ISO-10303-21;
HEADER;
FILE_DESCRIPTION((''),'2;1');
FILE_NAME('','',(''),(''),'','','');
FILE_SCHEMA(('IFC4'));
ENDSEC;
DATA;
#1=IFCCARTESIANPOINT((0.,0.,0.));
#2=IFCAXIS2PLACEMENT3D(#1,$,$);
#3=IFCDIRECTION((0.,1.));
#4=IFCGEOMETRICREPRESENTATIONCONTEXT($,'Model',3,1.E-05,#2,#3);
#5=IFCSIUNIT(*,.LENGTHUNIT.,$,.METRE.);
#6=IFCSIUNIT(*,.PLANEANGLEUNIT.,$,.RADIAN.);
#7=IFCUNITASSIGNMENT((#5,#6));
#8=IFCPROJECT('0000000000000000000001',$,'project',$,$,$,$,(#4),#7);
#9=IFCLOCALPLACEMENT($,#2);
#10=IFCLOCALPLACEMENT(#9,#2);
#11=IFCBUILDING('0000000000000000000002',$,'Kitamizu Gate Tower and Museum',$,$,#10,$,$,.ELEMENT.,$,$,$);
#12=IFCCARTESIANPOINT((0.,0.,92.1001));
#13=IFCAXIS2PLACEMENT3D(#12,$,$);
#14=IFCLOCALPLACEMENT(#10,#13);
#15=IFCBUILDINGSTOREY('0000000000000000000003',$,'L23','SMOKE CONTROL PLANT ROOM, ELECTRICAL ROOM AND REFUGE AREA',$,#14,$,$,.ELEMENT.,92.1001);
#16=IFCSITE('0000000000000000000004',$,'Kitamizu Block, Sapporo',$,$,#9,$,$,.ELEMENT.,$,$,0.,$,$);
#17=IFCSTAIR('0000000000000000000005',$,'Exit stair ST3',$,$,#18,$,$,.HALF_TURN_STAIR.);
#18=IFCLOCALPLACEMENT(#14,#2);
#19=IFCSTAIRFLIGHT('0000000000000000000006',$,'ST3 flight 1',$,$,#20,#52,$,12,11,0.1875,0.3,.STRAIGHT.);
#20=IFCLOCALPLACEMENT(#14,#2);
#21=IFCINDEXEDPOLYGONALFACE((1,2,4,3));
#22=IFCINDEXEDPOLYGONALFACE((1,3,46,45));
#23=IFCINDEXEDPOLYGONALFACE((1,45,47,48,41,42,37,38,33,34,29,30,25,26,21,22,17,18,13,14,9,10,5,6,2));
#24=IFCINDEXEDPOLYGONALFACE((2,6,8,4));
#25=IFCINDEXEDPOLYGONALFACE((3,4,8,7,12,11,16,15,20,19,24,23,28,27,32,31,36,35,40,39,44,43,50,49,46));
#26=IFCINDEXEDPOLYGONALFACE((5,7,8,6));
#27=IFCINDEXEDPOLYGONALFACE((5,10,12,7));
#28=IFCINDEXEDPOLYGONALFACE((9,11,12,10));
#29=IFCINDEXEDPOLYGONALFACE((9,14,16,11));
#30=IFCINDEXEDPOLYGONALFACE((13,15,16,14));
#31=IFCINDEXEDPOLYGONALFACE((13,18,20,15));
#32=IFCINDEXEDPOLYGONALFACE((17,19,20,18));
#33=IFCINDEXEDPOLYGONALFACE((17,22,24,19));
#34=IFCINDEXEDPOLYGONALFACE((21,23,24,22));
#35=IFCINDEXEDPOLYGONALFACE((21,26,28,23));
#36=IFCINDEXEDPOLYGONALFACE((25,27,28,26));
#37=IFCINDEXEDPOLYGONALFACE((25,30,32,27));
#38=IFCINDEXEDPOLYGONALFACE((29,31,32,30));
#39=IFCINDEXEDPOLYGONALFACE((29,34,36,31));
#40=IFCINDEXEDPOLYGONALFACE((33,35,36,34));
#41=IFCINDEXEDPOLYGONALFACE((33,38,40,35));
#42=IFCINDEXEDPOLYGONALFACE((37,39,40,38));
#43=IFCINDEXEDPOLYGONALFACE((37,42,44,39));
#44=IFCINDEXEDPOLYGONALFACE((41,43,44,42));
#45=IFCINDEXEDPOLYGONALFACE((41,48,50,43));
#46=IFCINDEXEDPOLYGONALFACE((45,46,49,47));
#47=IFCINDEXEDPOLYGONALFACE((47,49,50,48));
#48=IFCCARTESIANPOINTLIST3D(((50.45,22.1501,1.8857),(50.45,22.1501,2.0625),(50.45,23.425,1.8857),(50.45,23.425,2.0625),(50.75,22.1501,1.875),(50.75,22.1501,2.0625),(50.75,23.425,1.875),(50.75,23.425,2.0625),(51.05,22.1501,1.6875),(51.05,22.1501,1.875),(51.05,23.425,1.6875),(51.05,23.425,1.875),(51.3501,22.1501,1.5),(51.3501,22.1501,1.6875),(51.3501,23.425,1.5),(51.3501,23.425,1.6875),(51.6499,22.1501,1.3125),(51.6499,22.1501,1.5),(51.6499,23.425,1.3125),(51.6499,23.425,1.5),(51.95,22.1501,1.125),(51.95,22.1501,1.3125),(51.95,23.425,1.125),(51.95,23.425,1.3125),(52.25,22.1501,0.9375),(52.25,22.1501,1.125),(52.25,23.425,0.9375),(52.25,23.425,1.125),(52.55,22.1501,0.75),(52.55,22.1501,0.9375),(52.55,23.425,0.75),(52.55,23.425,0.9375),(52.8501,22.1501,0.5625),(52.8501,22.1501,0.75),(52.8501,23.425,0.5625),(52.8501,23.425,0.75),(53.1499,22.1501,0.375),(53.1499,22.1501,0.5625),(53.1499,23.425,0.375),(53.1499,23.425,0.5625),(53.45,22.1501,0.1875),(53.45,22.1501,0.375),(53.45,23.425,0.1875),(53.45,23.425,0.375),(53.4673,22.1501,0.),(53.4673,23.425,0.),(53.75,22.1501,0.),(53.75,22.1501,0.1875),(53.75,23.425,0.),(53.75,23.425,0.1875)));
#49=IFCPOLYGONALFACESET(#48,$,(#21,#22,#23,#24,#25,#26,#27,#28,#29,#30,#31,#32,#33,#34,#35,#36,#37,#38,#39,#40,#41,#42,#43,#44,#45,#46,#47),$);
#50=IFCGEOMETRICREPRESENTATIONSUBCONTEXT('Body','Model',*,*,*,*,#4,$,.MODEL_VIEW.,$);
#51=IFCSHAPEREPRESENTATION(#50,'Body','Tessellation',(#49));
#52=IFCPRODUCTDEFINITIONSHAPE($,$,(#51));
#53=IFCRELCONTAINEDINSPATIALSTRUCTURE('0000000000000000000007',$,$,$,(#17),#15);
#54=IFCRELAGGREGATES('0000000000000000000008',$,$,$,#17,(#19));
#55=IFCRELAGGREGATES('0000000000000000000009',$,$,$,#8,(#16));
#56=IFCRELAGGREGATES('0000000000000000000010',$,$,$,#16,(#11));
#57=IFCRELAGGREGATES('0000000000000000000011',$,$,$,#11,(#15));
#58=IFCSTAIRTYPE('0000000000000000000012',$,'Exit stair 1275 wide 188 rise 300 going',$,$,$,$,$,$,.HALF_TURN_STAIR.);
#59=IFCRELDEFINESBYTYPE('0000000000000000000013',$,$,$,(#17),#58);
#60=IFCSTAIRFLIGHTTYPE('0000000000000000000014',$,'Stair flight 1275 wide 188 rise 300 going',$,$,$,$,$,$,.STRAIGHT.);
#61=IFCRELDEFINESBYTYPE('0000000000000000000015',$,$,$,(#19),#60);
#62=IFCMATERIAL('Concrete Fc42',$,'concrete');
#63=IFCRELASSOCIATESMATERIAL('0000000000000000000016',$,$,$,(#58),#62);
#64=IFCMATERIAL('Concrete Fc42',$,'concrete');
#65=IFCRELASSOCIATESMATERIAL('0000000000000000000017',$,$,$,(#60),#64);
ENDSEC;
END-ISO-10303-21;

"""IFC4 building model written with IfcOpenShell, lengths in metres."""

from ifc_helpers import new_model, si_unit, direction, frame, origin, place, context, subcontext, project, spatial, polyline, outline, extrude, material, type_object, element, aggregate, save


model = new_model("IFC4")

# Units and contexts
model_context = context("Model", 3, precision=1e-05, world=origin(), true_north=direction((0.0, 1.0)))
body_context = subcontext(model_context, "Body", "Model", "MODEL_VIEW")
ifc_project = project(units=[si_unit("LENGTHUNIT", "METRE"), si_unit("PLANEANGLEUNIT", "RADIAN")], contexts=[model_context])

# Site, building, storey
site_placement = place(None, origin())
site = spatial("IfcSite", under=ifc_project, at=site_placement, Name="Kitamizu Block, Sapporo", CompositionType="ELEMENT", RefElevation=0.0)
building_placement = place(site_placement, origin())
building = spatial("IfcBuilding", under=site, at=building_placement, Name="Kitamizu Gate Tower and Museum", CompositionType="ELEMENT")
storey_placement = place(building_placement, frame((0.0, 0.0, 92.1001)))
storey = spatial("IfcBuildingStorey", under=building, at=storey_placement, Name="L23", Description="SMOKE CONTROL PLANT ROOM, ELECTRICAL ROOM AND REFUGE AREA", CompositionType="ELEMENT", Elevation=92.1001)

# Stair, stair flight
ifc_material_1 = material(Name="Concrete Fc42", Category="concrete")
stair_type = type_object("IfcStairType", Name="Exit stair 1275 wide 188 rise 300 going", PredefinedType="HALF_TURN_STAIR", material=ifc_material_1)
stair_placement = place(storey_placement, origin())
stair = element("IfcStair", 1, at=stair_placement, inside=storey, type_object=stair_type, Name="Exit stair ST3", PredefinedType="HALF_TURN_STAIR")
ifc_material_2 = material(Name="Concrete Fc42", Category="concrete")
stair_flight_type = type_object("IfcStairFlightType", Name="Stair flight 1275 wide 188 rise 300 going", PredefinedType="STRAIGHT", material=ifc_material_2)
stair_flight_placement = place(storey_placement, frame((53.75, 22.7876, 0.0), z_axis=(0.0, 0.0, 1.0), x_axis=(-1.0, 0.0, 0.0)))
stair_flight = element("IfcStairFlight", 2, at=stair_flight_placement, type_object=stair_flight_type, Name="ST3 flight 1", NumberOfRisers=12, NumberOfTreads=11, PredefinedType="STRAIGHT", RiserHeight=0.1875, TreadLength=0.3, context=body_context, shape_type="SweptSolid", body=[
    extrude(outline(polyline([(0.0, 0.0), (0.0, 0.1875), (0.3, 0.1875), (0.3, 0.375), (0.6001, 0.375), (0.6001, 0.5625), (0.8999, 0.5625), (0.8999, 0.75), (1.2, 0.75), (1.2, 0.9375), (1.5, 0.9375), (1.5, 1.125), (1.8, 1.125), (1.8, 1.3125), (2.1001, 1.3125), (2.1001, 1.5), (2.3999, 1.5), (2.3999, 1.6875), (2.7, 1.6875), (2.7, 1.875), (3.0, 1.875), (3.0, 2.0625), (3.3, 2.0625), (3.3, 2.25), (3.3, 1.8857), (0.2827, 0.0), (0.0, 0.0)])), frame((0.0, 0.6375, 0.0), z_axis=(0.0, -1.0, 0.0), x_axis=(1.0, 0.0, 0.0)), (0.0, 0.0, 1.0), 1.2749),
])
aggregate(stair, [stair_flight])

save(model, "model.ifc")
